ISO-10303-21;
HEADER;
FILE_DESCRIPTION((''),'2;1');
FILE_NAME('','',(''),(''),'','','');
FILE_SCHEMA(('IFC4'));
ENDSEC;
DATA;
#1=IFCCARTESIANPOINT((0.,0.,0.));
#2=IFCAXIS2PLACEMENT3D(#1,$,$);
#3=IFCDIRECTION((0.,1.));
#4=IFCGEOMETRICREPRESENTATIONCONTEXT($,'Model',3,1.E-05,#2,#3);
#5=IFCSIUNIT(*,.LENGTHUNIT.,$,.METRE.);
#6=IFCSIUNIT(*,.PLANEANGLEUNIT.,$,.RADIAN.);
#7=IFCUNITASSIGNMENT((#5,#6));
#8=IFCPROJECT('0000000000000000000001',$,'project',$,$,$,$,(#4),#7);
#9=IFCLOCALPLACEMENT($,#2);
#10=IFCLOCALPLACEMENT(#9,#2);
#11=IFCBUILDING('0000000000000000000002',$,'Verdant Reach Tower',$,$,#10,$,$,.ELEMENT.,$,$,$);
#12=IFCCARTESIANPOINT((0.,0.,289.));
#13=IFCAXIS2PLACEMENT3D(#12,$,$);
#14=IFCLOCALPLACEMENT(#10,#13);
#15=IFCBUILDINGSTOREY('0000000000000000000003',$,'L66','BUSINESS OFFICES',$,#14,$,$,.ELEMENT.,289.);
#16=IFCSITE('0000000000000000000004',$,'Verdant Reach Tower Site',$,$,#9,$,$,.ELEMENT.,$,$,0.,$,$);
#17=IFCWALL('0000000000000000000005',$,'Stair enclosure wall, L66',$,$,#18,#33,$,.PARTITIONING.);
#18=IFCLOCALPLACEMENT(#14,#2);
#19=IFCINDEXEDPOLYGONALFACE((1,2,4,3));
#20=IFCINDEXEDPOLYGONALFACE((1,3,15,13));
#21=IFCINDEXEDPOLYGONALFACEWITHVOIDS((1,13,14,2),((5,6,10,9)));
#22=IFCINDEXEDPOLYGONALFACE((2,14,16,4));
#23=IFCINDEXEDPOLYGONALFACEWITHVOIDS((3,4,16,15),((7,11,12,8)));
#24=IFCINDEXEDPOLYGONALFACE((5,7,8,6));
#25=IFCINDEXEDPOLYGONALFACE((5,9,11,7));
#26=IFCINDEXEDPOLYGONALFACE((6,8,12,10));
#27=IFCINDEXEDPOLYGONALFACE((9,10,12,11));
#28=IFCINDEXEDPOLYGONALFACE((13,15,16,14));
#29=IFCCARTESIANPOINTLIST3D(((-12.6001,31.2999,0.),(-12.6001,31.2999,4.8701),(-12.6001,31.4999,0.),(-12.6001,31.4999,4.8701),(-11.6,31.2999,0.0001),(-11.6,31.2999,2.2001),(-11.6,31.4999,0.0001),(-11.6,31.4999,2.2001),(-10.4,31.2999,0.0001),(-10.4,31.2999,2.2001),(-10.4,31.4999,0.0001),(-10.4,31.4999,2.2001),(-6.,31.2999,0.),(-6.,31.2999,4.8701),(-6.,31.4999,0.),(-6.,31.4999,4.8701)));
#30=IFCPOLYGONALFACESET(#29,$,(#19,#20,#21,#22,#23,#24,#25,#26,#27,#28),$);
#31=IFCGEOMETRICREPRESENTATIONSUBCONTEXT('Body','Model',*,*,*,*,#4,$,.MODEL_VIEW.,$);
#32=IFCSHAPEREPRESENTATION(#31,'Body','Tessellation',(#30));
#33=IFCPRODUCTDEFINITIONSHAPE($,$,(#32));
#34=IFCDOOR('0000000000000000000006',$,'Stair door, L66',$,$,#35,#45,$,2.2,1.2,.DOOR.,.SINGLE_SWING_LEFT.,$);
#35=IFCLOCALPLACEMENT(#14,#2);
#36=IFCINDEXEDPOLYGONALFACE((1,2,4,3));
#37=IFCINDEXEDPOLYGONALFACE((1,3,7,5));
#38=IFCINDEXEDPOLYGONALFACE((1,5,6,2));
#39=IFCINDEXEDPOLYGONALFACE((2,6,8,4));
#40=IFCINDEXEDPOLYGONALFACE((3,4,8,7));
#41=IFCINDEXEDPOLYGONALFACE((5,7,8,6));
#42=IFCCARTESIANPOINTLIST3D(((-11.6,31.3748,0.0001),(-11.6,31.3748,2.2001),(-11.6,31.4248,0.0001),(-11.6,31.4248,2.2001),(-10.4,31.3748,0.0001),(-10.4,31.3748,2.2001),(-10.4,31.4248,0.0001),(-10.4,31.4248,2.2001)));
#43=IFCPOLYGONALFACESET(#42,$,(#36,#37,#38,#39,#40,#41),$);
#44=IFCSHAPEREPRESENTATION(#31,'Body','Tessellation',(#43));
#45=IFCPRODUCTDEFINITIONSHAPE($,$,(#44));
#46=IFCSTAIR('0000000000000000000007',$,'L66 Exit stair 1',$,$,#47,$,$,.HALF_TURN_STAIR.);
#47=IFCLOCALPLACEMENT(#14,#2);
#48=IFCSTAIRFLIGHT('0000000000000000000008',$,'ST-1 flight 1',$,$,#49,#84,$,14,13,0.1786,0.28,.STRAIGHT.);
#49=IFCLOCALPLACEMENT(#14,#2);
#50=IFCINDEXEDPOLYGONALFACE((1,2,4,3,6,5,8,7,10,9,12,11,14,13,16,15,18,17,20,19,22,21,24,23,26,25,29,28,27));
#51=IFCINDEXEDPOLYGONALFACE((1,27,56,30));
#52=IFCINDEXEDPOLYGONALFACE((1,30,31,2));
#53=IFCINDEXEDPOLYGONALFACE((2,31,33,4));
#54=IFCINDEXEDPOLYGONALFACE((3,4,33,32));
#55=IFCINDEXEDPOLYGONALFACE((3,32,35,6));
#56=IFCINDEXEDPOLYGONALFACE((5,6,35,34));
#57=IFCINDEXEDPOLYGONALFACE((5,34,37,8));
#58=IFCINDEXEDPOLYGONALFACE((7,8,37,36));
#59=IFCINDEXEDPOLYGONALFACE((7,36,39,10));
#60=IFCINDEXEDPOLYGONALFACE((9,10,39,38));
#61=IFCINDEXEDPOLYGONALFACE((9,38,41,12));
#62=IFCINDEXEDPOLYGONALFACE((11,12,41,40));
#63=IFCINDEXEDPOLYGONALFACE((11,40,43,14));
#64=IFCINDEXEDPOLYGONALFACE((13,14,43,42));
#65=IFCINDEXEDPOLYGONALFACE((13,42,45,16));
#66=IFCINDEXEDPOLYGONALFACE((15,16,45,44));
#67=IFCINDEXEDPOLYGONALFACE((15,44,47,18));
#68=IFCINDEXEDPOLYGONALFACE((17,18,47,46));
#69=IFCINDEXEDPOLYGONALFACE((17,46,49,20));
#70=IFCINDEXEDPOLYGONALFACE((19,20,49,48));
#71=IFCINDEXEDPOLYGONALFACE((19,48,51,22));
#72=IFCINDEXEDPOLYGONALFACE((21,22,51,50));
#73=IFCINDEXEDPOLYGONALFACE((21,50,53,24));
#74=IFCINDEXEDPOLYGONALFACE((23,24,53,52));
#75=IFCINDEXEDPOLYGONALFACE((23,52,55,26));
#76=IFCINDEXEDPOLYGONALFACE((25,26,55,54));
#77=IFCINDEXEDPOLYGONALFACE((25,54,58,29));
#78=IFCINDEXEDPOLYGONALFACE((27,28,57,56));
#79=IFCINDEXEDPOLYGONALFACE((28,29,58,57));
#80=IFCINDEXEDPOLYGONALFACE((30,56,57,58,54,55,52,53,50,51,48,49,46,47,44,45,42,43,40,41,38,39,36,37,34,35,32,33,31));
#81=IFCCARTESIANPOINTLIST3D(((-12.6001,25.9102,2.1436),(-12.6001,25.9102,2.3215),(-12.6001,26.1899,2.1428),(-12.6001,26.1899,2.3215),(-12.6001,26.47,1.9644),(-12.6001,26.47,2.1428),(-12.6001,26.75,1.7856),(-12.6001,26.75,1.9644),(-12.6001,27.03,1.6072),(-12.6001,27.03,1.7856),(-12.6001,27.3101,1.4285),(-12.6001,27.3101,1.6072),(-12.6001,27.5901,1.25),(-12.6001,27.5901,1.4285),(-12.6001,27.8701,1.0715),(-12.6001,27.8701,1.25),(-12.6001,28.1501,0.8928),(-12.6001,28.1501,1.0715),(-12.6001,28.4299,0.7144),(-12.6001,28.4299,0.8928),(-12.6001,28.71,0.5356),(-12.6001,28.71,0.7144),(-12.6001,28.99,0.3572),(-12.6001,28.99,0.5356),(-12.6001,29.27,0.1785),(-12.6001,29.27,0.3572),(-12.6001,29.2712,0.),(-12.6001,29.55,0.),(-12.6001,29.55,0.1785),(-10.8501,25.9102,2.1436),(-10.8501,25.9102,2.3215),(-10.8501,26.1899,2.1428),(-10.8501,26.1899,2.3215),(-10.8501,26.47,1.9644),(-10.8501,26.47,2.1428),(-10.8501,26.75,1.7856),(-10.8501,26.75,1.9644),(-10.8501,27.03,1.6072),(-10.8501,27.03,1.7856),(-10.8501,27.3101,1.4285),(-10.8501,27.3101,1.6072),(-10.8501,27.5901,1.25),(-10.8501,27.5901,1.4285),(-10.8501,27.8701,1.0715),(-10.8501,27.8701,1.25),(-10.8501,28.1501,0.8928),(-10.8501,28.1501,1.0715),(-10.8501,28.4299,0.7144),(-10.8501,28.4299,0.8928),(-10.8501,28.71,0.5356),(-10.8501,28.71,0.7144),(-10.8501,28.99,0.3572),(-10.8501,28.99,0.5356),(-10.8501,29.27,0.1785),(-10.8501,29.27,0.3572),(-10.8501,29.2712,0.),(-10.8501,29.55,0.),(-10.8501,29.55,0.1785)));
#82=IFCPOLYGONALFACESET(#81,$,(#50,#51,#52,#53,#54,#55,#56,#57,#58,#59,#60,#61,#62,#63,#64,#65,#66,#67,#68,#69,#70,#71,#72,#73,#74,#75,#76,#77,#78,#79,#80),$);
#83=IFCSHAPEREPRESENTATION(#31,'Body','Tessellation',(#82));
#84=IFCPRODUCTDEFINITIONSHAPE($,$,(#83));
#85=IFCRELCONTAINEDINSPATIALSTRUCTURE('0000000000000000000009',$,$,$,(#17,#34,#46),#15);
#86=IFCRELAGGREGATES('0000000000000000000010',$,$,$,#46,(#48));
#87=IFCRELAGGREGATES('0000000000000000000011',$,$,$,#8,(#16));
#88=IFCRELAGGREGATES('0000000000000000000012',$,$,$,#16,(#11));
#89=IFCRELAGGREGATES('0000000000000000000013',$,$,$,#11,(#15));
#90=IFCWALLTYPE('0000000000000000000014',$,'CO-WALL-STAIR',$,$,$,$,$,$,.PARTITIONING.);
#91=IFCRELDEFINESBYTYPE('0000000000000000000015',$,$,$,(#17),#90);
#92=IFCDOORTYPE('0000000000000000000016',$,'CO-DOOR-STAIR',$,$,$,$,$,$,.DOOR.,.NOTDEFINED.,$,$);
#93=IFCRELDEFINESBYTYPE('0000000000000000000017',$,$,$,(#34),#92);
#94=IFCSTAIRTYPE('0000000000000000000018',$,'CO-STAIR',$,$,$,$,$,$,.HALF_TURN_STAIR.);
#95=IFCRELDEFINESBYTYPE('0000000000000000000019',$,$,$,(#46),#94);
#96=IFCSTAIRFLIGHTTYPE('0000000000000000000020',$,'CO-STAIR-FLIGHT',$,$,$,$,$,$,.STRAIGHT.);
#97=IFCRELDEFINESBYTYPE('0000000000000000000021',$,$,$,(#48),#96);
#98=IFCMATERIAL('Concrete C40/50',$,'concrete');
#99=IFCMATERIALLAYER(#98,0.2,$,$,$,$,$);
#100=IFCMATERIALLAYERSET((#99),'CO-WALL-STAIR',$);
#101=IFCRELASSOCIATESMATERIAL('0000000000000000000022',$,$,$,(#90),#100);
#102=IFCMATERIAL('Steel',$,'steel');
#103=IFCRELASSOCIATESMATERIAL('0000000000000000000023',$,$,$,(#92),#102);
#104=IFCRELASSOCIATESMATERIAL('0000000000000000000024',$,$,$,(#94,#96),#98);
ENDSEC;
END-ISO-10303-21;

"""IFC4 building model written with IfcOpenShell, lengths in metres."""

from ifc_helpers import new_model, si_unit, direction, frame, frame_2d, origin, place, context, subcontext, project, spatial, polyline, rectangle, outline, extrude, material, layer, layer_set, type_object, element, fill, aggregate, save


model = new_model("IFC4")

# Units and contexts
model_context = context("Model", 3, precision=1e-05, world=origin(), true_north=direction((0.0, 1.0)))
body_context = subcontext(model_context, "Body", "Model", "MODEL_VIEW")
ifc_project = project(units=[si_unit("LENGTHUNIT", "METRE"), si_unit("PLANEANGLEUNIT", "RADIAN")], contexts=[model_context])

# Site, building, storey
site_placement = place(None, origin())
site = spatial("IfcSite", under=ifc_project, at=site_placement, Name="Verdant Reach Tower Site", CompositionType="ELEMENT", RefElevation=0.0)
building_placement = place(site_placement, origin())
building = spatial("IfcBuilding", under=site, at=building_placement, Name="Verdant Reach Tower", CompositionType="ELEMENT")
storey_placement = place(building_placement, frame((0.0, 0.0, 289.0)))
storey = spatial("IfcBuildingStorey", under=building, at=storey_placement, Name="L66", Description="BUSINESS OFFICES", CompositionType="ELEMENT", Elevation=289.0)

# Shared definitions
ifc_material_1 = material(Name="Concrete C40/50", Category="concrete")
ifc_material_2 = material(Name="Steel", Category="steel")

# Wall, opening, door
ifc_layer_1 = layer(ifc_material_1, 0.2)
ifc_layer_set_1 = layer_set([ifc_layer_1], Name="CO-WALL-STAIR")
wall_type_1 = type_object("IfcWallType", Name="CO-WALL-STAIR", PredefinedType="PARTITIONING", material=ifc_layer_set_1)
wall_1_placement = place(storey_placement, frame((-12.6001, 31.3999, 0.0), z_axis=(0.0, 0.0, 1.0), x_axis=(1.0, 0.0, 0.0)))
wall_1 = element("IfcWall", 1, at=wall_1_placement, inside=storey, type_object=wall_type_1, Name="Stair enclosure wall, L66", PredefinedType="PARTITIONING", context=body_context, shape_type="SweptSolid", body=[
    extrude(rectangle(XDim=6.6001, YDim=0.2, at=frame_2d((3.3, 0.0))), origin(), (0.0, 0.0, 1.0), 4.8701),
])
opening_1_placement = place(wall_1_placement, frame((1.0, 0.0, 0.0)))
opening_1 = element("IfcOpeningElement", 2, at=opening_1_placement, cuts=wall_1, PredefinedType="OPENING", context=body_context, shape_type="SweptSolid", body=[
    extrude(rectangle(XDim=1.2, YDim=2.2, at=frame_2d((0.6001, 1.1001))), frame((0.0, 0.1099, 0.0), z_axis=(0.0, -1.0, 0.0), x_axis=(1.0, 0.0, 0.0)), (0.0, 0.0, 1.0), 0.22),
])
door_type_1 = type_object("IfcDoorType", Name="CO-DOOR-STAIR", OperationType="NOTDEFINED", PredefinedType="DOOR", material=ifc_material_2)
door_1_placement = place(opening_1_placement, origin())
door_1 = element("IfcDoor", 3, at=door_1_placement, inside=storey, type_object=door_type_1, Name="Stair door, L66", OperationType="SINGLE_SWING_LEFT", OverallHeight=2.2, OverallWidth=1.2, PredefinedType="DOOR", context=body_context, shape_type="SweptSolid", body=[
    extrude(rectangle(XDim=1.2, YDim=2.2, at=frame_2d((0.6001, 1.1001))), frame((0.0, 0.0249, 0.0), z_axis=(0.0, -1.0, 0.0), x_axis=(1.0, 0.0, 0.0)), (0.0, 0.0, 1.0), 0.05),
])
fill(opening_1, door_1)

# Stair, stair flight
stair_type = type_object("IfcStairType", Name="CO-STAIR", PredefinedType="HALF_TURN_STAIR", material=ifc_material_1)
stair_placement = place(storey_placement, origin())
stair = element("IfcStair", 4, at=stair_placement, inside=storey, type_object=stair_type, Name="L66 Exit stair 1", PredefinedType="HALF_TURN_STAIR")
stair_flight_type = type_object("IfcStairFlightType", Name="CO-STAIR-FLIGHT", PredefinedType="STRAIGHT", material=ifc_material_1)
stair_flight_placement = place(storey_placement, frame((-11.7251, 29.55, 0.0), z_axis=(0.0, 0.0, 1.0), x_axis=(0.0, -1.0, 0.0)))
stair_flight = element("IfcStairFlight", 5, at=stair_flight_placement, type_object=stair_flight_type, Name="ST-1 flight 1", NumberOfRisers=14, NumberOfTreads=13, PredefinedType="STRAIGHT", RiserHeight=0.1786, TreadLength=0.28, context=body_context, shape_type="SweptSolid", body=[
    extrude(outline(polyline([(0.0, 0.0), (0.0, 0.1785), (0.28, 0.1785), (0.28, 0.3572), (0.5601, 0.3572), (0.5601, 0.5356), (0.8401, 0.5356), (0.8401, 0.7144), (1.1201, 0.7144), (1.1201, 0.8928), (1.3999, 0.8928), (1.3999, 1.0715), (1.6799, 1.0715), (1.6799, 1.25), (1.96, 1.25), (1.96, 1.4285), (2.24, 1.4285), (2.24, 1.6072), (2.52, 1.6072), (2.52, 1.7856), (2.8, 1.7856), (2.8, 1.9644), (3.0801, 1.9644), (3.0801, 2.1428), (3.3601, 2.1428), (3.3601, 2.3215), (3.6399, 2.3215), (3.6399, 2.5), (3.6399, 2.1436), (0.2788, 0.0), (0.0, 0.0)])), frame((0.0, 0.875, 0.0), z_axis=(0.0, -1.0, 0.0), x_axis=(1.0, 0.0, 0.0)), (0.0, 0.0, 1.0), 1.75),
])
aggregate(stair, [stair_flight])

save(model, "model.ifc")
